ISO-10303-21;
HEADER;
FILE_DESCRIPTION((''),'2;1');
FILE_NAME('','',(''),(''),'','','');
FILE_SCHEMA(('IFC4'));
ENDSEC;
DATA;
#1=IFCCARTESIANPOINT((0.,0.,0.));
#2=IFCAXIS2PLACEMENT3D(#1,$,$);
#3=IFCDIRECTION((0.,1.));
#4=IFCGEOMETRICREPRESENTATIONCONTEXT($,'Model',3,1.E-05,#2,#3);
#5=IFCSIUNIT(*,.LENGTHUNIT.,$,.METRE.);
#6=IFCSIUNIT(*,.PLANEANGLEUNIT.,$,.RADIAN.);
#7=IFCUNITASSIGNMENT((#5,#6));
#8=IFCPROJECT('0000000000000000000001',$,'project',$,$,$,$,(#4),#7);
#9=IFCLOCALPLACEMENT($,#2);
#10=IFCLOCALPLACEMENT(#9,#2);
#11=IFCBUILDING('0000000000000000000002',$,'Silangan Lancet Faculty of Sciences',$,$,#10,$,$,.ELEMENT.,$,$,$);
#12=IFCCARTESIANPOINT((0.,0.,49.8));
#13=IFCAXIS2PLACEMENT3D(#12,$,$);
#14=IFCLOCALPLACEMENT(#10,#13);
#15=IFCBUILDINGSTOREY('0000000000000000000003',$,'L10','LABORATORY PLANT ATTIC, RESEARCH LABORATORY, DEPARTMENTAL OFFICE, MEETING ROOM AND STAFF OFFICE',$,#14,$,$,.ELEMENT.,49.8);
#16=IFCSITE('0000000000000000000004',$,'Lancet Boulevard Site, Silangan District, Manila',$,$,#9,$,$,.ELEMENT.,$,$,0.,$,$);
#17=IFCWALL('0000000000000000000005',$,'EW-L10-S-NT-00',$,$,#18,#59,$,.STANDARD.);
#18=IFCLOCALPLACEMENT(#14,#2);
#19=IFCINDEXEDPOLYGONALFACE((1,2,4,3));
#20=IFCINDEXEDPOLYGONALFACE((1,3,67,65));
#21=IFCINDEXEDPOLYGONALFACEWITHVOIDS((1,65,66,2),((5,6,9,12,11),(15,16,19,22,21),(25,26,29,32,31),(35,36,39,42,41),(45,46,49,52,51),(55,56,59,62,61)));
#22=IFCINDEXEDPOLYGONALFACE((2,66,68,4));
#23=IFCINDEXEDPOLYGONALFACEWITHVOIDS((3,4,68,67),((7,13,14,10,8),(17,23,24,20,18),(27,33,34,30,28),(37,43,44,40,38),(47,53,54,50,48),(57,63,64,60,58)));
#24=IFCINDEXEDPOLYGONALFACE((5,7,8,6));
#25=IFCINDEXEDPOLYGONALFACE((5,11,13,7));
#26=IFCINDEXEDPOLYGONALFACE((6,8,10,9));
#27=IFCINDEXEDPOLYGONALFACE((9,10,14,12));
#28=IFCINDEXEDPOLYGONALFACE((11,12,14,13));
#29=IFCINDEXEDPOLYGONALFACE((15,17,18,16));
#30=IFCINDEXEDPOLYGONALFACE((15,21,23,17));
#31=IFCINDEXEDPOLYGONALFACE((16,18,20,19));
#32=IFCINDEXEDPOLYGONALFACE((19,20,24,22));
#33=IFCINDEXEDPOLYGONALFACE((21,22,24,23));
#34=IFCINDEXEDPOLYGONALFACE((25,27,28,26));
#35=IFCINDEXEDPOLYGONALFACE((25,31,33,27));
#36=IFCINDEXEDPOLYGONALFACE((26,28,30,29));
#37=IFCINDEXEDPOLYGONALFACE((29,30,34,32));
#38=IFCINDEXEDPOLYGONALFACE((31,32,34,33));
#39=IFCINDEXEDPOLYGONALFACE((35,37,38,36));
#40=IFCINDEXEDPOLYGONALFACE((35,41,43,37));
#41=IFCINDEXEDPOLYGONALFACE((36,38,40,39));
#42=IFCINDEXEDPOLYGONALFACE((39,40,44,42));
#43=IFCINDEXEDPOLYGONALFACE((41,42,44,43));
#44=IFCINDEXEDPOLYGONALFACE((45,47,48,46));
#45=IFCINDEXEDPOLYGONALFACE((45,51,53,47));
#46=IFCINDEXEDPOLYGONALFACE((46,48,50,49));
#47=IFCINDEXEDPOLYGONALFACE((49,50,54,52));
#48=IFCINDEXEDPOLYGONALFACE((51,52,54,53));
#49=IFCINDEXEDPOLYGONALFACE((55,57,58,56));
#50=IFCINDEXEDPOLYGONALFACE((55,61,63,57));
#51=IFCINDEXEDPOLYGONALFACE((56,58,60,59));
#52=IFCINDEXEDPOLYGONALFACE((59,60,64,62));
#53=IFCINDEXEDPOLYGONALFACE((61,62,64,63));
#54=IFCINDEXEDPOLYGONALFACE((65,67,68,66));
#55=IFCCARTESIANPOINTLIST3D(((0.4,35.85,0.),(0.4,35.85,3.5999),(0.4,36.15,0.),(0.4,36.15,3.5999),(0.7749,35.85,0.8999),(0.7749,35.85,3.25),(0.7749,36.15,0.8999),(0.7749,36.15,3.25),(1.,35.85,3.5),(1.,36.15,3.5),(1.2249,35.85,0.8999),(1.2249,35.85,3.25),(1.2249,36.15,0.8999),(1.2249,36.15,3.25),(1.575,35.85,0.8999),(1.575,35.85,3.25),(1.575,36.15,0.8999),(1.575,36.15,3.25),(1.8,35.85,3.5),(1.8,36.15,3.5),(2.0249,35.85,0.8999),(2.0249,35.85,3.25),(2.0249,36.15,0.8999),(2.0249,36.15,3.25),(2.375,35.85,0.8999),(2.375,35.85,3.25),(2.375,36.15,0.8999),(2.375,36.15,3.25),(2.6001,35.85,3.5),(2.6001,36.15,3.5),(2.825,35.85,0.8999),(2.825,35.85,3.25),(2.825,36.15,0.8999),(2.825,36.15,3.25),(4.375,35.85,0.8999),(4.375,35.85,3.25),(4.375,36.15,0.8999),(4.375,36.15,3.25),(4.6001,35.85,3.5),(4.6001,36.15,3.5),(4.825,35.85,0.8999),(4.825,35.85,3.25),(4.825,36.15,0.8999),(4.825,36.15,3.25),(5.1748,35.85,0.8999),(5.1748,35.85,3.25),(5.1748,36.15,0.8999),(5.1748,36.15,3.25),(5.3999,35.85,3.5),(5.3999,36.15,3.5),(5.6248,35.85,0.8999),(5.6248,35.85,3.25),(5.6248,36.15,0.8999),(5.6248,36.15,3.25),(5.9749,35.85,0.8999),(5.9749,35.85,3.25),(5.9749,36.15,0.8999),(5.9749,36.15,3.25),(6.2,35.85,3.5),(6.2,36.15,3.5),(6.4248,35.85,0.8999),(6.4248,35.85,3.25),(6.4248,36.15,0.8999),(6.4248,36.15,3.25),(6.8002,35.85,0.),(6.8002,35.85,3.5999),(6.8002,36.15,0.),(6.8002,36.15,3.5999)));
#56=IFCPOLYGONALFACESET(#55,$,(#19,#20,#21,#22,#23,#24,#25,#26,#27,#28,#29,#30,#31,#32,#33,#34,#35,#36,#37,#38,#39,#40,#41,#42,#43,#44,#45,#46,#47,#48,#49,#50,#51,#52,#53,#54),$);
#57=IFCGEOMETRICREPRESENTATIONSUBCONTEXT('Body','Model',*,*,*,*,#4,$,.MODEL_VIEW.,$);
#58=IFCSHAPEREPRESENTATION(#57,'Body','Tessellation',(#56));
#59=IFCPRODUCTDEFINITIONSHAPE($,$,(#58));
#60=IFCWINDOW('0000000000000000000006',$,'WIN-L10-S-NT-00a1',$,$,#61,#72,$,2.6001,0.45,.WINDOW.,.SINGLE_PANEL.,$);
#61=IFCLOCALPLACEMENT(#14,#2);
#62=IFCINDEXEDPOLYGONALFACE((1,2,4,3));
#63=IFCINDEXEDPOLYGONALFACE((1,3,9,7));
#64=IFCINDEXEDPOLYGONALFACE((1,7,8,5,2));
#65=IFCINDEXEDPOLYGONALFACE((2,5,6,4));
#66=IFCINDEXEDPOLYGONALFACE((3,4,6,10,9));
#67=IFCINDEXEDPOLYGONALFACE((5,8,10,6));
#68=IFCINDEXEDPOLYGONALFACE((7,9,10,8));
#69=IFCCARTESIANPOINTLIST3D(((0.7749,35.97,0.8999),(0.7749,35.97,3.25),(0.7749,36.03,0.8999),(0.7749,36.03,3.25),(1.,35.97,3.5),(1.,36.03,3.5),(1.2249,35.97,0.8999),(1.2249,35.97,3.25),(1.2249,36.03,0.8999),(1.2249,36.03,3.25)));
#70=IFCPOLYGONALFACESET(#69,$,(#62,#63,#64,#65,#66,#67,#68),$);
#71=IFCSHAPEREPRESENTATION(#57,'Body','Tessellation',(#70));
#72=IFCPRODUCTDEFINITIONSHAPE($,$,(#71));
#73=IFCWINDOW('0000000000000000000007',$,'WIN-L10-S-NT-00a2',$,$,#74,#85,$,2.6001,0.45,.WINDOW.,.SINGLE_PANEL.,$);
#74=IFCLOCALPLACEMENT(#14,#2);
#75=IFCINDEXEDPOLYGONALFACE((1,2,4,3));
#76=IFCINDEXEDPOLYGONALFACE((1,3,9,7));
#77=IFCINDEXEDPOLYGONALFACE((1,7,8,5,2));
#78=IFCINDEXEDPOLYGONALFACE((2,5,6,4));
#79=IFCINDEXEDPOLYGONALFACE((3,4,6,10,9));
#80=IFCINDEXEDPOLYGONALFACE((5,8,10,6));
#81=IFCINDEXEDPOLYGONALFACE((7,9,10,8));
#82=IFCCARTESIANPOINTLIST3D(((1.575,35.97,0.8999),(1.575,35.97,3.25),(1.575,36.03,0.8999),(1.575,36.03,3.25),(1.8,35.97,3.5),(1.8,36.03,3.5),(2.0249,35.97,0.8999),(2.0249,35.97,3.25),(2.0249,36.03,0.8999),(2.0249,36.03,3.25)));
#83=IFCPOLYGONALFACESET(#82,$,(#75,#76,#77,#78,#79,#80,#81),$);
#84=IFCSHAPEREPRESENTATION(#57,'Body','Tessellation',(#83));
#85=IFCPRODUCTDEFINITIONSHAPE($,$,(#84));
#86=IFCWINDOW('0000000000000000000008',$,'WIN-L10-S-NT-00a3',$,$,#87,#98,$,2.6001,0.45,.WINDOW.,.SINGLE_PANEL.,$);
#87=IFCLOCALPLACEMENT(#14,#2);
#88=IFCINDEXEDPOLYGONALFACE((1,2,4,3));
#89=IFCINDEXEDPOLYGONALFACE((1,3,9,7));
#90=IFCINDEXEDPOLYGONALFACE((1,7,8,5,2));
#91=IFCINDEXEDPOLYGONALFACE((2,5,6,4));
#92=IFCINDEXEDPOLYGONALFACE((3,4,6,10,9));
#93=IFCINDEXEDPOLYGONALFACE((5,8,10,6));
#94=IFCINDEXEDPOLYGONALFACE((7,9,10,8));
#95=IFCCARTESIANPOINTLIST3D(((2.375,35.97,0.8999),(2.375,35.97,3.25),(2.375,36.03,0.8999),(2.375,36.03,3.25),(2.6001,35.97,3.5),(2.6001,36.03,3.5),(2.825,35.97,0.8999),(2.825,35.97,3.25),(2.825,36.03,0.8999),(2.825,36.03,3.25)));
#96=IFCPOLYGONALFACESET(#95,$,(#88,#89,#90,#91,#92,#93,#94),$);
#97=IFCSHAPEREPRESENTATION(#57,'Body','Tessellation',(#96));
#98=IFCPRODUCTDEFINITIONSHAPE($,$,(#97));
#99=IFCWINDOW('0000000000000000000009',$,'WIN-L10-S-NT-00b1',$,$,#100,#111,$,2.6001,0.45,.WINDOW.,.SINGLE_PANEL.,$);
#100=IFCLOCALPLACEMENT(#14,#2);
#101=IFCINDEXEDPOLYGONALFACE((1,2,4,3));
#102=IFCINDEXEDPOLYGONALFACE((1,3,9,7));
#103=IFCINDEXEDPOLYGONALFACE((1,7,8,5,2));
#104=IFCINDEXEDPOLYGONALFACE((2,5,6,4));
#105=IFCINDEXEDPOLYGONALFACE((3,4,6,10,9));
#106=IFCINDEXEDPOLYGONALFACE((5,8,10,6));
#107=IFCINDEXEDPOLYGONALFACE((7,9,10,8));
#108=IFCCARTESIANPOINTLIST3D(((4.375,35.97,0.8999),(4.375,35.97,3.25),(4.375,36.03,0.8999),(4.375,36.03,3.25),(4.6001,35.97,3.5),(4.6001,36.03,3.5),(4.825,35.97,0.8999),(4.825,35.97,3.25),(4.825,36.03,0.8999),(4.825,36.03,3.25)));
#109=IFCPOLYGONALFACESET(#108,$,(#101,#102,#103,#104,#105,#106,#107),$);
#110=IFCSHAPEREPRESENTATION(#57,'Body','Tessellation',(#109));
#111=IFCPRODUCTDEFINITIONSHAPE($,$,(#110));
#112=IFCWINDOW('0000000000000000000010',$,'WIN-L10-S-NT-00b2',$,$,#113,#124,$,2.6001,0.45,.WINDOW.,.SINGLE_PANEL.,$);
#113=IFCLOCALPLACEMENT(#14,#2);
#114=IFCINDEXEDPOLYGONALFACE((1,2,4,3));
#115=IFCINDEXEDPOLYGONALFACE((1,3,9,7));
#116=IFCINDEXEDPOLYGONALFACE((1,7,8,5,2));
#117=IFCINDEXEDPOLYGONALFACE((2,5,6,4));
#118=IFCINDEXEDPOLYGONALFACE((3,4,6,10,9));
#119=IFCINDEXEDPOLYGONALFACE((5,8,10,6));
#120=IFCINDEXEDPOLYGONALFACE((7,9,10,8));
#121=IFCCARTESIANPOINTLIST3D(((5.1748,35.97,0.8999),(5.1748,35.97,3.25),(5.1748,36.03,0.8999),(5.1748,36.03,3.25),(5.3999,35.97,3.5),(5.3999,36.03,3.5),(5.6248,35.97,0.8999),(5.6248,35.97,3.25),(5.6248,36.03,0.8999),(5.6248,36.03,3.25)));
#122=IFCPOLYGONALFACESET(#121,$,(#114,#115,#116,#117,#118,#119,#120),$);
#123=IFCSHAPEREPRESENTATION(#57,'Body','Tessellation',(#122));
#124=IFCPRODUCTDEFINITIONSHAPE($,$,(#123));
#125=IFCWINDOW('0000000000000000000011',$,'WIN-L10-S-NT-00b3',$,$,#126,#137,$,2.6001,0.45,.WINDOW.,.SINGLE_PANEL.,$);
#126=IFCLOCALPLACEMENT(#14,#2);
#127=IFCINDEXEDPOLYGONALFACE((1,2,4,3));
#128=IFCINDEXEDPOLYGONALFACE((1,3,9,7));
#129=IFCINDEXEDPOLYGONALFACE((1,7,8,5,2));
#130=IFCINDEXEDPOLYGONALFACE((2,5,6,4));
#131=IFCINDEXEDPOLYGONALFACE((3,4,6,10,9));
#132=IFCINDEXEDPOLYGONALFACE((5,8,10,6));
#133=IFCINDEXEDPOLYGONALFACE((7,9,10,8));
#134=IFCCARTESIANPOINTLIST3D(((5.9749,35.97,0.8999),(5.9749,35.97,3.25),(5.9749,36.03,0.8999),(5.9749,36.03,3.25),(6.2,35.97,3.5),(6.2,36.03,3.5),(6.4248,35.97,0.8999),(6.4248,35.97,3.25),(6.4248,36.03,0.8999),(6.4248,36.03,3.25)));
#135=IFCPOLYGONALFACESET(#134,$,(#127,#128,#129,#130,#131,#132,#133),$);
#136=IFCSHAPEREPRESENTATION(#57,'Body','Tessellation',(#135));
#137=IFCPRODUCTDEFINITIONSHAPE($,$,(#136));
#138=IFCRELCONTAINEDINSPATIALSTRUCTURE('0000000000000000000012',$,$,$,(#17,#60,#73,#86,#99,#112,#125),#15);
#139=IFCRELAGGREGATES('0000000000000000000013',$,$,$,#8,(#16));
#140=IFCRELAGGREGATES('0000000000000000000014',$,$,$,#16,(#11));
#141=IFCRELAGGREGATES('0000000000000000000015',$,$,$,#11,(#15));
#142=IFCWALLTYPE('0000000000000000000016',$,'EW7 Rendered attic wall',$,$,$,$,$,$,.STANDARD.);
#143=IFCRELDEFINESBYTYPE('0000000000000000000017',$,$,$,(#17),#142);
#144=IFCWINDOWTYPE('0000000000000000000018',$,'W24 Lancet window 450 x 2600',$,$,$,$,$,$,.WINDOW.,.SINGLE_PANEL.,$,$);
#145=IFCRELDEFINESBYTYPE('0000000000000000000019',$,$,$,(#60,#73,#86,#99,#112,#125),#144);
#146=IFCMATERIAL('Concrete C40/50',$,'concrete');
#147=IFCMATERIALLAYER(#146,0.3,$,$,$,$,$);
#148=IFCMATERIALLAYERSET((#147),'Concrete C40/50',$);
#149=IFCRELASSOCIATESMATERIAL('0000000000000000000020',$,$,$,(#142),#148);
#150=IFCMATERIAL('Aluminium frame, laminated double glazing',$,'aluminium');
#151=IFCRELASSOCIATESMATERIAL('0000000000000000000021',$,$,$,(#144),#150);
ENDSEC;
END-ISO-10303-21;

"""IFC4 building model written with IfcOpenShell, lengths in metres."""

from ifc_helpers import new_model, si_unit, direction, frame, frame_2d, origin, place, context, subcontext, project, spatial, polyline, rectangle, outline, extrude, material, layer, layer_set, type_object, element, fill, save


model = new_model("IFC4")

# Units and contexts
model_context = context("Model", 3, precision=1e-05, world=origin(), true_north=direction((0.0, 1.0)))
body_context = subcontext(model_context, "Body", "Model", "MODEL_VIEW")
ifc_project = project(units=[si_unit("LENGTHUNIT", "METRE"), si_unit("PLANEANGLEUNIT", "RADIAN")], contexts=[model_context])

# Site, building, storey
site_placement = place(None, origin())
site = spatial("IfcSite", under=ifc_project, at=site_placement, Name="Lancet Boulevard Site, Silangan District, Manila", CompositionType="ELEMENT", RefElevation=0.0)
building_placement = place(site_placement, origin())
building = spatial("IfcBuilding", under=site, at=building_placement, Name="Silangan Lancet Faculty of Sciences", CompositionType="ELEMENT")
storey_placement = place(building_placement, frame((0.0, 0.0, 49.8)))
storey = spatial("IfcBuildingStorey", under=building, at=storey_placement, Name="L10", Description="LABORATORY PLANT ATTIC, RESEARCH LABORATORY, DEPARTMENTAL OFFICE, MEETING ROOM AND STAFF OFFICE", CompositionType="ELEMENT", Elevation=49.8)

# Wall, openings, windows
ifc_material_1 = material(Name="Concrete C40/50", Category="concrete")
ifc_layer_1 = layer(ifc_material_1, 0.3)
ifc_layer_set_1 = layer_set([ifc_layer_1], Name="Concrete C40/50")
wall_type_1 = type_object("IfcWallType", Name="EW7 Rendered attic wall", PredefinedType="STANDARD", material=ifc_layer_set_1)
ifc_material_2 = material(Name="Aluminium frame, laminated double glazing", Category="aluminium")
window_type = type_object("IfcWindowType", Name="W24 Lancet window 450 x 2600", PartitioningType="SINGLE_PANEL", PredefinedType="WINDOW", material=ifc_material_2)
wall_1_placement = place(storey_placement, frame((0.3999, 36.0, 0.0), z_axis=(0.0, 0.0, 1.0), x_axis=(1.0, 0.0, 0.0)))
wall_1 = element("IfcWall", 1, at=wall_1_placement, inside=storey, type_object=wall_type_1, Name="EW-L10-S-NT-00", PredefinedType="STANDARD", context=body_context, shape_type="SweptSolid", body=[
    extrude(rectangle(XDim=6.4001, YDim=0.3, at=frame_2d((3.2002, 0.0))), origin(), (0.0, 0.0, 1.0), 3.5999),
])
opening_1_placement = place(wall_1_placement, frame((0.375, 0.0, 0.8999)))
opening_1 = element("IfcOpeningElement", 2, at=opening_1_placement, cuts=wall_1, PredefinedType="OPENING", context=body_context, shape_type="SweptSolid", body=[
    extrude(outline(polyline([(0.0, 0.0), (0.45, 0.0), (0.45, 2.3501), (0.2251, 2.6001), (0.0, 2.3501), (0.0, 0.0)])), frame((0.0, 0.1599, 0.0), z_axis=(0.0, -1.0, 0.0), x_axis=(1.0, 0.0, 0.0)), (0.0, 0.0, 1.0), 0.3201),
])
opening_2_placement = place(wall_1_placement, frame((1.175, 0.0, 0.8999)))
opening_2 = element("IfcOpeningElement", 3, at=opening_2_placement, cuts=wall_1, PredefinedType="OPENING", context=body_context, shape_type="SweptSolid", body=[
    extrude(outline(polyline([(0.0, 0.0), (0.45, 0.0), (0.45, 2.3501), (0.2251, 2.6001), (0.0, 2.3501), (0.0, 0.0)])), frame((0.0, 0.1599, 0.0), z_axis=(0.0, -1.0, 0.0), x_axis=(1.0, 0.0, 0.0)), (0.0, 0.0, 1.0), 0.3201),
])
opening_3_placement = place(wall_1_placement, frame((1.9751, 0.0, 0.8999)))
opening_3 = element("IfcOpeningElement", 4, at=opening_3_placement, cuts=wall_1, PredefinedType="OPENING", context=body_context, shape_type="SweptSolid", body=[
    extrude(outline(polyline([(0.0, 0.0), (0.45, 0.0), (0.45, 2.3501), (0.2251, 2.6001), (0.0, 2.3501), (0.0, 0.0)])), frame((0.0, 0.1599, 0.0), z_axis=(0.0, -1.0, 0.0), x_axis=(1.0, 0.0, 0.0)), (0.0, 0.0, 1.0), 0.3201),
])
opening_4_placement = place(wall_1_placement, frame((3.9751, 0.0, 0.8999)))
opening_4 = element("IfcOpeningElement", 5, at=opening_4_placement, cuts=wall_1, PredefinedType="OPENING", context=body_context, shape_type="SweptSolid", body=[
    extrude(outline(polyline([(0.0, 0.0), (0.45, 0.0), (0.45, 2.3501), (0.2251, 2.6001), (0.0, 2.3501), (0.0, 0.0)])), frame((0.0, 0.1599, 0.0), z_axis=(0.0, -1.0, 0.0), x_axis=(1.0, 0.0, 0.0)), (0.0, 0.0, 1.0), 0.3201),
])
opening_5_placement = place(wall_1_placement, frame((4.7749, 0.0, 0.8999)))
opening_5 = element("IfcOpeningElement", 6, at=opening_5_placement, cuts=wall_1, PredefinedType="OPENING", context=body_context, shape_type="SweptSolid", body=[
    extrude(outline(polyline([(0.0, 0.0), (0.45, 0.0), (0.45, 2.3501), (0.2251, 2.6001), (0.0, 2.3501), (0.0, 0.0)])), frame((0.0, 0.1599, 0.0), z_axis=(0.0, -1.0, 0.0), x_axis=(1.0, 0.0, 0.0)), (0.0, 0.0, 1.0), 0.3201),
])
opening_6_placement = place(wall_1_placement, frame((5.575, 0.0, 0.8999)))
opening_6 = element("IfcOpeningElement", 7, at=opening_6_placement, cuts=wall_1, PredefinedType="OPENING", context=body_context, shape_type="SweptSolid", body=[
    extrude(outline(polyline([(0.0, 0.0), (0.45, 0.0), (0.45, 2.3501), (0.2251, 2.6001), (0.0, 2.3501), (0.0, 0.0)])), frame((0.0, 0.1599, 0.0), z_axis=(0.0, -1.0, 0.0), x_axis=(1.0, 0.0, 0.0)), (0.0, 0.0, 1.0), 0.3201),
])
window_1_placement = place(opening_1_placement, origin())
window_1 = element("IfcWindow", 8, at=window_1_placement, inside=storey, type_object=window_type, Name="WIN-L10-S-NT-00a1", OverallHeight=2.6001, OverallWidth=0.45, PartitioningType="SINGLE_PANEL", PredefinedType="WINDOW", context=body_context, shape_type="SweptSolid", body=[
    extrude(outline(polyline([(0.0, 0.0), (0.45, 0.0), (0.45, 2.3501), (0.2251, 2.6001), (0.0, 2.3501), (0.0, 0.0)])), frame((0.0, 0.03, 0.0), z_axis=(0.0, -1.0, 0.0), x_axis=(1.0, 0.0, 0.0)), (0.0, 0.0, 1.0), 0.0601),
])
fill(opening_1, window_1)
window_2_placement = place(opening_2_placement, origin())
window_2 = element("IfcWindow", 9, at=window_2_placement, inside=storey, type_object=window_type, Name="WIN-L10-S-NT-00a2", OverallHeight=2.6001, OverallWidth=0.45, PartitioningType="SINGLE_PANEL", PredefinedType="WINDOW", context=body_context, shape_type="SweptSolid", body=[
    extrude(outline(polyline([(0.0, 0.0), (0.45, 0.0), (0.45, 2.3501), (0.2251, 2.6001), (0.0, 2.3501), (0.0, 0.0)])), frame((0.0, 0.03, 0.0), z_axis=(0.0, -1.0, 0.0), x_axis=(1.0, 0.0, 0.0)), (0.0, 0.0, 1.0), 0.0601),
])
fill(opening_2, window_2)
window_3_placement = place(opening_3_placement, origin())
window_3 = element("IfcWindow", 10, at=window_3_placement, inside=storey, type_object=window_type, Name="WIN-L10-S-NT-00a3", OverallHeight=2.6001, OverallWidth=0.45, PartitioningType="SINGLE_PANEL", PredefinedType="WINDOW", context=body_context, shape_type="SweptSolid", body=[
    extrude(outline(polyline([(0.0, 0.0), (0.45, 0.0), (0.45, 2.3501), (0.2251, 2.6001), (0.0, 2.3501), (0.0, 0.0)])), frame((0.0, 0.03, 0.0), z_axis=(0.0, -1.0, 0.0), x_axis=(1.0, 0.0, 0.0)), (0.0, 0.0, 1.0), 0.0601),
])
fill(opening_3, window_3)
window_4_placement = place(opening_4_placement, origin())
window_4 = element("IfcWindow", 11, at=window_4_placement, inside=storey, type_object=window_type, Name="WIN-L10-S-NT-00b1", OverallHeight=2.6001, OverallWidth=0.45, PartitioningType="SINGLE_PANEL", PredefinedType="WINDOW", context=body_context, shape_type="SweptSolid", body=[
    extrude(outline(polyline([(0.0, 0.0), (0.45, 0.0), (0.45, 2.3501), (0.2251, 2.6001), (0.0, 2.3501), (0.0, 0.0)])), frame((0.0, 0.03, 0.0), z_axis=(0.0, -1.0, 0.0), x_axis=(1.0, 0.0, 0.0)), (0.0, 0.0, 1.0), 0.0601),
])
fill(opening_4, window_4)
window_5_placement = place(opening_5_placement, origin())
window_5 = element("IfcWindow", 12, at=window_5_placement, inside=storey, type_object=window_type, Name="WIN-L10-S-NT-00b2", OverallHeight=2.6001, OverallWidth=0.45, PartitioningType="SINGLE_PANEL", PredefinedType="WINDOW", context=body_context, shape_type="SweptSolid", body=[
    extrude(outline(polyline([(0.0, 0.0), (0.45, 0.0), (0.45, 2.3501), (0.2251, 2.6001), (0.0, 2.3501), (0.0, 0.0)])), frame((0.0, 0.03, 0.0), z_axis=(0.0, -1.0, 0.0), x_axis=(1.0, 0.0, 0.0)), (0.0, 0.0, 1.0), 0.0601),
])
fill(opening_5, window_5)
window_6_placement = place(opening_6_placement, origin())
window_6 = element("IfcWindow", 13, at=window_6_placement, inside=storey, type_object=window_type, Name="WIN-L10-S-NT-00b3", OverallHeight=2.6001, OverallWidth=0.45, PartitioningType="SINGLE_PANEL", PredefinedType="WINDOW", context=body_context, shape_type="SweptSolid", body=[
    extrude(outline(polyline([(0.0, 0.0), (0.45, 0.0), (0.45, 2.3501), (0.2251, 2.6001), (0.0, 2.3501), (0.0, 0.0)])), frame((0.0, 0.03, 0.0), z_axis=(0.0, -1.0, 0.0), x_axis=(1.0, 0.0, 0.0)), (0.0, 0.0, 1.0), 0.0601),
])
fill(opening_6, window_6)

save(model, "model.ifc")
